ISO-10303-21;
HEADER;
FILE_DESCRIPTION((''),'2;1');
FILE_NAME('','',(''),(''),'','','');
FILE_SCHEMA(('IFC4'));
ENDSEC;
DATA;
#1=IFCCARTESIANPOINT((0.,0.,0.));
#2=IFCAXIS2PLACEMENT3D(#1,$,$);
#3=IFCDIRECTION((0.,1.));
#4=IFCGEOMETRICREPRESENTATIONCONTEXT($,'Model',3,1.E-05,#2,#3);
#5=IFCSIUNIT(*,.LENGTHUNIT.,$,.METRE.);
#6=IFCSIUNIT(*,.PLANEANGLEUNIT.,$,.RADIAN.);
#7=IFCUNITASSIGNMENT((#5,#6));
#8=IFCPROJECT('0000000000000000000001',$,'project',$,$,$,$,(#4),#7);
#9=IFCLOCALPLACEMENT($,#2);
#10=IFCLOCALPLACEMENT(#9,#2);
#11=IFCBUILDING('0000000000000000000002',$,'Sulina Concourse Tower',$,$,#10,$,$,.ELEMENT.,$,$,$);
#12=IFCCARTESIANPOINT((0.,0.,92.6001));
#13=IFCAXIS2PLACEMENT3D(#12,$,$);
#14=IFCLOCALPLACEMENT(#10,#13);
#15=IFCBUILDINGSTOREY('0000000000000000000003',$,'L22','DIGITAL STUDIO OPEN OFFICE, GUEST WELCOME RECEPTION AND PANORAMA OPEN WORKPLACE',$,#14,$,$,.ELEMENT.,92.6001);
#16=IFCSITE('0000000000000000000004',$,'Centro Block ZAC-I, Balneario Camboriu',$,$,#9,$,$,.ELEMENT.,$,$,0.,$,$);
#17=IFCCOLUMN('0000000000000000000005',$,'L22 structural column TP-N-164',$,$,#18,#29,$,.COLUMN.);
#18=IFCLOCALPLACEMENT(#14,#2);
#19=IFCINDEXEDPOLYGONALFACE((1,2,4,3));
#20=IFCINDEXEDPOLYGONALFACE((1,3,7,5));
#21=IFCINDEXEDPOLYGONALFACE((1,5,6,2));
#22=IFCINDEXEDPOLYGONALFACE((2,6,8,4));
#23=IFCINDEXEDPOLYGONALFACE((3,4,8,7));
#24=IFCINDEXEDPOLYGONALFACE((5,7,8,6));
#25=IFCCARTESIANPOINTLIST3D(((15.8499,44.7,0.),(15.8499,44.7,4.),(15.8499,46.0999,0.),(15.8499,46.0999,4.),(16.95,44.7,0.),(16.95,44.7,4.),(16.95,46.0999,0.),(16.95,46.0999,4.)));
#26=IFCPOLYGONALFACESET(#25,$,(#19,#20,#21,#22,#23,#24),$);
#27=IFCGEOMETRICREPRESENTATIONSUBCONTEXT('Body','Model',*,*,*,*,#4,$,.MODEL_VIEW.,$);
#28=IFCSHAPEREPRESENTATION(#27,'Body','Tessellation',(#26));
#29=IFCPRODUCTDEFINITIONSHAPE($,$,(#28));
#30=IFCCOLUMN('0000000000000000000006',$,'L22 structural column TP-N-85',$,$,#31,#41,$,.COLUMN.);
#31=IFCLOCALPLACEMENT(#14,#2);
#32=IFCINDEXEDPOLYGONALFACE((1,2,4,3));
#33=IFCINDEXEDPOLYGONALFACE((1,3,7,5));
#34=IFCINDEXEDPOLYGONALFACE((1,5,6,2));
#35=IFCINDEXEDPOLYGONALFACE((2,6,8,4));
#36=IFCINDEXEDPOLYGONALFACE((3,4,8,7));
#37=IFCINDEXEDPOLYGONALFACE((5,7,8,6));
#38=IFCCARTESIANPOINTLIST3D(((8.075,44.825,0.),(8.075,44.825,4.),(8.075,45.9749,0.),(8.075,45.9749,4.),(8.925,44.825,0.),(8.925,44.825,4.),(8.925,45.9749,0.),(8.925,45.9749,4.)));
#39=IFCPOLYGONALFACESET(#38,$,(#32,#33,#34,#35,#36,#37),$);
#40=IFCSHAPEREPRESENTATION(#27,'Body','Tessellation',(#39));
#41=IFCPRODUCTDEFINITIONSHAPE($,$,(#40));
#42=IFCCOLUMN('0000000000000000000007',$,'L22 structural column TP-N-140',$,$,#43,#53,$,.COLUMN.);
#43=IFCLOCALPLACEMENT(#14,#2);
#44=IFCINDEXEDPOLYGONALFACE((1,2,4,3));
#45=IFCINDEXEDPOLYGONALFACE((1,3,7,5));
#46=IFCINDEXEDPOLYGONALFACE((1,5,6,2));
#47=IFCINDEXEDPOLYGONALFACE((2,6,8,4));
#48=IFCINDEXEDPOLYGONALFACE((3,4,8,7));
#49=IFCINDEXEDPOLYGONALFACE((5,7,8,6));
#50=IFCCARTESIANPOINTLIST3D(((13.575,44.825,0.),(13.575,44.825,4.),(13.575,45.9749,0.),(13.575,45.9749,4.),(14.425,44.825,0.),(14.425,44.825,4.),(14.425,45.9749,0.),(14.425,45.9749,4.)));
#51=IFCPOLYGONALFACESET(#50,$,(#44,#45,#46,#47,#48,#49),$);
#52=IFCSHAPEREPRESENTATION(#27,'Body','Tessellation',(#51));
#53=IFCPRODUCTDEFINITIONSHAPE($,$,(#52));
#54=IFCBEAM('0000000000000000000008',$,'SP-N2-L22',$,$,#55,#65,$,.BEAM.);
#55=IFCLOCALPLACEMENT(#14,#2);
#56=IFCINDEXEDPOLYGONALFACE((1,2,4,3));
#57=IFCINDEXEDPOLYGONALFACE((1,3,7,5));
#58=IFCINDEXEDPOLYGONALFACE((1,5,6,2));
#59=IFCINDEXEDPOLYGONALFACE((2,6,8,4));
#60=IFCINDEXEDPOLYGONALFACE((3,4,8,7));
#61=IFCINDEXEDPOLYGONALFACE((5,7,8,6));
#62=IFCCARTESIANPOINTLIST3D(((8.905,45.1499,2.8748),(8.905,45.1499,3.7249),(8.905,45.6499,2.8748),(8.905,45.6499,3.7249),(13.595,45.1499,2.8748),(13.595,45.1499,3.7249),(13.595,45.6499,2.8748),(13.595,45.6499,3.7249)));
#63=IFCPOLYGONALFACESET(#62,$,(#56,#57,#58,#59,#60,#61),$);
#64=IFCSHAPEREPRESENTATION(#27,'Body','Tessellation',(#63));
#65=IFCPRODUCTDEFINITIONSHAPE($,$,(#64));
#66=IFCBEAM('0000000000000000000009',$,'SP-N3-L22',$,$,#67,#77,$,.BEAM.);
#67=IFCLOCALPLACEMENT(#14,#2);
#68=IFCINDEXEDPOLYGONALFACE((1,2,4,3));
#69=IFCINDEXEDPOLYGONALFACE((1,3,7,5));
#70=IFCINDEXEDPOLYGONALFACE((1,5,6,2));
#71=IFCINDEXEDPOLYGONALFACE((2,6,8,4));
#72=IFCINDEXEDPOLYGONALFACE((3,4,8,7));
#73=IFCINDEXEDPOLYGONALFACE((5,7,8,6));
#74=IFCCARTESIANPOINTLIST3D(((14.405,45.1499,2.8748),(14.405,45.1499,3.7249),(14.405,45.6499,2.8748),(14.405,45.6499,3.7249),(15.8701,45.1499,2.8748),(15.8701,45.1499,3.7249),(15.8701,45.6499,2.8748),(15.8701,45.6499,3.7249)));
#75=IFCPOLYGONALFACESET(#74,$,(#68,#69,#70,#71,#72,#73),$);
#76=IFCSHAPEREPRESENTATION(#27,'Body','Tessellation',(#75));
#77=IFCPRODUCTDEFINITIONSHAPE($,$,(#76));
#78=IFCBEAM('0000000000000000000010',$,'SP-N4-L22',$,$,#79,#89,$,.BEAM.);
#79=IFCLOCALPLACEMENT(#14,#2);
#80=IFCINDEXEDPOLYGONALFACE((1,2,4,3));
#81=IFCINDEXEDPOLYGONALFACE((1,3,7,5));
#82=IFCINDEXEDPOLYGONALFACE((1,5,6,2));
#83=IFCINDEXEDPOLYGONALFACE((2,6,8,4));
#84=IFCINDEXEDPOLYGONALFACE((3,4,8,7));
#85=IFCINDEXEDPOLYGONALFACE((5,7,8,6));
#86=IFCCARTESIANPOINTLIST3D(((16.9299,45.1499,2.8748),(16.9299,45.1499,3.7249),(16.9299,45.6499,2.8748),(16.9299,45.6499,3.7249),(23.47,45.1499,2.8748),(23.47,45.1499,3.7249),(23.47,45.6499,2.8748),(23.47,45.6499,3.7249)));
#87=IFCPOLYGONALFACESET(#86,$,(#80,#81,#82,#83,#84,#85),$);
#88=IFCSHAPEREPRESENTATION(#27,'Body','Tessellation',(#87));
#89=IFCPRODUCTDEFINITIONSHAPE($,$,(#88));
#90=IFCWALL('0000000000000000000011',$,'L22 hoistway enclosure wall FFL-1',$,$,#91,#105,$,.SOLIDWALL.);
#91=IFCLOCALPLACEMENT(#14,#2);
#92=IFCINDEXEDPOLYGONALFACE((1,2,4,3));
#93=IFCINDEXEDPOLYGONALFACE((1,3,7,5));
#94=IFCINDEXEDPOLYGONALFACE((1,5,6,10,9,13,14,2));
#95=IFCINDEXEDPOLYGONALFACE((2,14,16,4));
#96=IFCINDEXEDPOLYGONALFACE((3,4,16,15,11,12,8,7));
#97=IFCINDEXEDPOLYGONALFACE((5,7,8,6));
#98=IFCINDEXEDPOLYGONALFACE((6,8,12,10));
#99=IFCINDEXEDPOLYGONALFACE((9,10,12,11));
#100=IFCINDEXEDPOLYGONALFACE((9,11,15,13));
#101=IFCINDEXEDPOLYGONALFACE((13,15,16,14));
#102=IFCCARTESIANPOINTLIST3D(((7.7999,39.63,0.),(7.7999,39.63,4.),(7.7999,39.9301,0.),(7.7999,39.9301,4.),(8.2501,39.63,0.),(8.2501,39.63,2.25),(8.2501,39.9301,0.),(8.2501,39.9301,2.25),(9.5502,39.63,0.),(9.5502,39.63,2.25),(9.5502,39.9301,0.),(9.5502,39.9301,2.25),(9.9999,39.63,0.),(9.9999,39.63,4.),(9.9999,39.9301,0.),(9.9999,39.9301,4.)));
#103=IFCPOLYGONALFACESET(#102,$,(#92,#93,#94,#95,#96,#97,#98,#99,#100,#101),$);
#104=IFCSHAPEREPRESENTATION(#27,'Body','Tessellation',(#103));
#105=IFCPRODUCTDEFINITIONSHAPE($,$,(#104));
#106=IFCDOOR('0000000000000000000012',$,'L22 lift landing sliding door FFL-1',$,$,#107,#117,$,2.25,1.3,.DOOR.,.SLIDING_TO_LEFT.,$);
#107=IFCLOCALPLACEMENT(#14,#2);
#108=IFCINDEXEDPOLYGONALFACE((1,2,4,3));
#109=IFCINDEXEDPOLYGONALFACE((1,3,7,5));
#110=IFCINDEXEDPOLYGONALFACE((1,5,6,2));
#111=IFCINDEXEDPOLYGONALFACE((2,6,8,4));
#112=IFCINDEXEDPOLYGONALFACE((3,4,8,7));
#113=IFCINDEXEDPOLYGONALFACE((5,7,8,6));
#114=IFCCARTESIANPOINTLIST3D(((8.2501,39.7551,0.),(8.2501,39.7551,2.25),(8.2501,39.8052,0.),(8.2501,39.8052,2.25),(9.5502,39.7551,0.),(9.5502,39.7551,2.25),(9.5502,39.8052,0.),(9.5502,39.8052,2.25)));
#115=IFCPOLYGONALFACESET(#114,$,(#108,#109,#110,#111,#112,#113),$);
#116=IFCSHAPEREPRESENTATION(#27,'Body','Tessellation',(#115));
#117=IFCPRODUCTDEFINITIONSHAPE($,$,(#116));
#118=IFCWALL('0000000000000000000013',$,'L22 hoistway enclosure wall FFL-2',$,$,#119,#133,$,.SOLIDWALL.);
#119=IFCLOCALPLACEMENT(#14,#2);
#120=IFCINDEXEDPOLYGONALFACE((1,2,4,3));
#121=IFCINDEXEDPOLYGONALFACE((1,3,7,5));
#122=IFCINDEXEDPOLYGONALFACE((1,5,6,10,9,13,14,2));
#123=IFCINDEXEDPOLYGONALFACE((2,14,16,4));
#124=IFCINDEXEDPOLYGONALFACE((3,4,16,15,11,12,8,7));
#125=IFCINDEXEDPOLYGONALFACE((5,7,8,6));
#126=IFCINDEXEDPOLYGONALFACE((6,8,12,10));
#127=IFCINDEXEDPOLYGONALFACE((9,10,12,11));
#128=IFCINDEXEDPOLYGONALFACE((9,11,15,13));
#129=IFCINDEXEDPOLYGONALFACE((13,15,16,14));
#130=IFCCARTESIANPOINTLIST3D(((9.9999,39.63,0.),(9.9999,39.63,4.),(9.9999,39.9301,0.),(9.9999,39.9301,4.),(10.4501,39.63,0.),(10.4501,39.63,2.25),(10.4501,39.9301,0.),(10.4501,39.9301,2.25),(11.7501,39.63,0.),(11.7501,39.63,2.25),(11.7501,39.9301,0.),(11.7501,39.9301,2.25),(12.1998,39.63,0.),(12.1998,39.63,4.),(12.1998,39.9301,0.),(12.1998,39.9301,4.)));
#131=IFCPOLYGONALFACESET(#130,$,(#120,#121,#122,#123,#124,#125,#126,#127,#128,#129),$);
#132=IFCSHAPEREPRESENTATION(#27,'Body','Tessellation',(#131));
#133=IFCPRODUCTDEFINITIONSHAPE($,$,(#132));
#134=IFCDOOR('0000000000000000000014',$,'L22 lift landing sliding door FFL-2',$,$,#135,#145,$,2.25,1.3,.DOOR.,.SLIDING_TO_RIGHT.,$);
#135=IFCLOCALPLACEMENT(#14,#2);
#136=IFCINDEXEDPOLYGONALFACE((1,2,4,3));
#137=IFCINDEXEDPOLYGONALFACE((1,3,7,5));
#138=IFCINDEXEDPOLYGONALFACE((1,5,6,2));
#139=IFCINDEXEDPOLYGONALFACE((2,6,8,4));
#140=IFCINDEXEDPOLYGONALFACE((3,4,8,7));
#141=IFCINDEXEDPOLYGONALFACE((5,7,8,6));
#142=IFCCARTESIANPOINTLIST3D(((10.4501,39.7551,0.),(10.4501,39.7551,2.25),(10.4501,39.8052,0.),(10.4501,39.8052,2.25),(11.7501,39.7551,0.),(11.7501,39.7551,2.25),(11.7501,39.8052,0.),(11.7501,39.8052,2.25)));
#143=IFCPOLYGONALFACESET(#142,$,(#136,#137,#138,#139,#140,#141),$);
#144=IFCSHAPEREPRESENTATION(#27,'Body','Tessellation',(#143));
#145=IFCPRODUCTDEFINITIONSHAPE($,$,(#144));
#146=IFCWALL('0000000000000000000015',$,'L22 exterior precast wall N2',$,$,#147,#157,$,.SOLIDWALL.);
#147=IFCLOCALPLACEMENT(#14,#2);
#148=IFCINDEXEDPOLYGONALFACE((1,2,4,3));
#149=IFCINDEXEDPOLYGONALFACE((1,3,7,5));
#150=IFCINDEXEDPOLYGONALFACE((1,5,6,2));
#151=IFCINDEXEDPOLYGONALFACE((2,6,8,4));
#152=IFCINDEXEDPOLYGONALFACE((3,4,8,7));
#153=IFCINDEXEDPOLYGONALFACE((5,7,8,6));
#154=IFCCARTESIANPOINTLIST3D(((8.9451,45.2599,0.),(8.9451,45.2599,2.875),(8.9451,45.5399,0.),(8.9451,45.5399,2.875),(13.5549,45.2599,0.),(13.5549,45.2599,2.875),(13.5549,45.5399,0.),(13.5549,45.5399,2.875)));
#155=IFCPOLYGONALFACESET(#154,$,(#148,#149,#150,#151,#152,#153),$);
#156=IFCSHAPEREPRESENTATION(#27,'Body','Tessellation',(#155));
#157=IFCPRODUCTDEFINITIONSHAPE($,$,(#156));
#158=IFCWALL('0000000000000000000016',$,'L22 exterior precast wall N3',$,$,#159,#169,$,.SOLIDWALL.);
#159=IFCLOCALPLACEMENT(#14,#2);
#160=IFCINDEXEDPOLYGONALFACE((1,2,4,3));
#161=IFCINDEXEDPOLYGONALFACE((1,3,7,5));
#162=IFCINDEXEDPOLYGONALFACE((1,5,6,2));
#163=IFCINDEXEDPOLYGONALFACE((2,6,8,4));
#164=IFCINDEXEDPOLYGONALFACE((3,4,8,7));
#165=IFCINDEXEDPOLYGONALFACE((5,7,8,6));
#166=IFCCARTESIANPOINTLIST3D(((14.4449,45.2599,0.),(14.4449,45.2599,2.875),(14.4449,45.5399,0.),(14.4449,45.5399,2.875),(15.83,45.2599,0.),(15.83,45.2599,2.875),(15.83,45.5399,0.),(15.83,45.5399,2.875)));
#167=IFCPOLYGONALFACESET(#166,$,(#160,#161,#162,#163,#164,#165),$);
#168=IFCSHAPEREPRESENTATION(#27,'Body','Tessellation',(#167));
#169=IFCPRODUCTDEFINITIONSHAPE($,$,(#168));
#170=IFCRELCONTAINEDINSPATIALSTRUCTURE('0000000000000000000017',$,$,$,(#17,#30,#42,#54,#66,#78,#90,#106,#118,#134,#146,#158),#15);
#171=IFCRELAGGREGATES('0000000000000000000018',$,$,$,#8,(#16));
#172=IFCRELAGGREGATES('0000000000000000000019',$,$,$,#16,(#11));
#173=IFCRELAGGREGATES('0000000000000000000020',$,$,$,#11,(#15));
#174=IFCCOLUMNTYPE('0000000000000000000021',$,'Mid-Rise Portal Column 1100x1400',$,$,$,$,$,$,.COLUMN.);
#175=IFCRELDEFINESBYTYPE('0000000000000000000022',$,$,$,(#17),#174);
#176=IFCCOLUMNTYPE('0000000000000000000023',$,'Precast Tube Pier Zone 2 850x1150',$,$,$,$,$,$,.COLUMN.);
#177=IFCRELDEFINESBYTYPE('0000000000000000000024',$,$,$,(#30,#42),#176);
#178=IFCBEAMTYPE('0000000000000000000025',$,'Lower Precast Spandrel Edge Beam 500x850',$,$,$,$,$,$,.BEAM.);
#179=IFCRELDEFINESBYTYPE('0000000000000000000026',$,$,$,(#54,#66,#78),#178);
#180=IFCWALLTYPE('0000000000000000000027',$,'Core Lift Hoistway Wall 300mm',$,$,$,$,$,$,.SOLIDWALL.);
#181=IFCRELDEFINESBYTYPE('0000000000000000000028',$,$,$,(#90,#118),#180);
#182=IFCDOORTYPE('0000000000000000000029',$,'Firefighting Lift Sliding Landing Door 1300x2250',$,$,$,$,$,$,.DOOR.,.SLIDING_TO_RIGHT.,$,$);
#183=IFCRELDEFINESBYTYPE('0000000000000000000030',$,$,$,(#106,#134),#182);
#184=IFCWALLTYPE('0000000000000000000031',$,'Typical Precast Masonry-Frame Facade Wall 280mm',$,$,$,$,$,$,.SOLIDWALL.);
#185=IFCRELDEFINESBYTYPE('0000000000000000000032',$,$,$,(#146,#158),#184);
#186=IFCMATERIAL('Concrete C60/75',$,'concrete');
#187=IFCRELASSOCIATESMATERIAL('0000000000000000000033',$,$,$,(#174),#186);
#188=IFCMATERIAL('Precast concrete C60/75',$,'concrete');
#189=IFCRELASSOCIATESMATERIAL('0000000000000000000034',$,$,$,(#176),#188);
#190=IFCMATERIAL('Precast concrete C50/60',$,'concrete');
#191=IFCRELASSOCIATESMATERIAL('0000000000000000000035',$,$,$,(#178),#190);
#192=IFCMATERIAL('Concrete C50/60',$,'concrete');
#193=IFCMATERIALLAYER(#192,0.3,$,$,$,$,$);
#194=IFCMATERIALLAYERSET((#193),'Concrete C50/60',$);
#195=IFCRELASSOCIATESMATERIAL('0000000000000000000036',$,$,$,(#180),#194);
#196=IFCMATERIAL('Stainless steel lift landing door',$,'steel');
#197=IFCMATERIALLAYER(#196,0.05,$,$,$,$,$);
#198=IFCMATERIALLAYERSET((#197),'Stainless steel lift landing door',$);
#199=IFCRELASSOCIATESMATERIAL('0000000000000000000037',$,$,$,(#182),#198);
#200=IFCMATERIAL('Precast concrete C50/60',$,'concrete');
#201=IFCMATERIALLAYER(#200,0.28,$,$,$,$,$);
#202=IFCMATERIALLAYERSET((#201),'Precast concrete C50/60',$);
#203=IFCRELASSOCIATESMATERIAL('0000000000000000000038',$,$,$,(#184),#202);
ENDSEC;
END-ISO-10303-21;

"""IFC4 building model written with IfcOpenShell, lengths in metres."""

from ifc_helpers import new_model, si_unit, direction, frame, frame_2d, origin, origin_2d, place, context, subcontext, project, spatial, rectangle, extrude, material, layer, layer_set, material_profile, profile_set, type_object, element, fill, save


model = new_model("IFC4")

# Units and contexts
model_context = context("Model", 3, precision=1e-05, world=origin(), true_north=direction((0.0, 1.0)))
body_context = subcontext(model_context, "Body", "Model", "MODEL_VIEW")
ifc_project = project(units=[si_unit("LENGTHUNIT", "METRE"), si_unit("PLANEANGLEUNIT", "RADIAN")], contexts=[model_context])

# Site, building, storey
site_placement = place(None, origin())
site = spatial("IfcSite", under=ifc_project, at=site_placement, Name="Centro Block ZAC-I, Balneario Camboriu", CompositionType="ELEMENT", RefElevation=0.0)
building_placement = place(site_placement, origin())
building = spatial("IfcBuilding", under=site, at=building_placement, Name="Sulina Concourse Tower", CompositionType="ELEMENT")
storey_placement = place(building_placement, frame((0.0, 0.0, 92.6001)))
storey = spatial("IfcBuildingStorey", under=building, at=storey_placement, Name="L22", Description="DIGITAL STUDIO OPEN OFFICE, GUEST WELCOME RECEPTION AND PANORAMA OPEN WORKPLACE", CompositionType="ELEMENT", Elevation=92.6001)

# Columns
ifc_material_1 = material(Name="Concrete C60/75", Category="concrete")
ifc_material_profile_1 = material_profile(ifc_material_1, rectangle(XDim=1.1001, YDim=1.3999, at=origin_2d()), Name="RC 1100x1400")
ifc_profile_set_1 = profile_set([ifc_material_profile_1], Name="Concrete C60/75")
column_type_1 = type_object("IfcColumnType", Name="Mid-Rise Portal Column 1100x1400", PredefinedType="COLUMN", material=ifc_profile_set_1)
column_placement = place(storey_placement, frame((16.3999, 45.3999, 0.0), z_axis=(0.0, 0.0, 1.0), x_axis=(1.0, 0.0, 0.0)))
element("IfcColumn", 1, at=column_placement, inside=storey, type_object=column_type_1, Name="L22 structural column TP-N-164", PredefinedType="COLUMN", context=body_context, shape_type="SweptSolid", body=[
    extrude(rectangle(XDim=1.1001, YDim=1.3999, at=origin_2d()), origin(), (0.0, 0.0, 1.0), 4.0),
])
ifc_material_2 = material(Name="Precast concrete C60/75", Category="concrete")
ifc_material_profile_2 = material_profile(ifc_material_2, rectangle(XDim=0.8501, YDim=1.1499, at=origin_2d()), Name="PC 850x1150")
ifc_profile_set_2 = profile_set([ifc_material_profile_2], Name="Precast concrete C60/75")
column_type_2 = type_object("IfcColumnType", Name="Precast Tube Pier Zone 2 850x1150", PredefinedType="COLUMN", material=ifc_profile_set_2)
for number, where, z_axis, x_axis, name in (
    (2, (8.5, 45.3999, 0.0), (0.0, 0.0, 1.0), (1.0, 0.0, 0.0), "L22 structural column TP-N-85"),
    (3, (14.0, 45.3999, 0.0), (0.0, 0.0, 1.0), (1.0, 0.0, 0.0), "L22 structural column TP-N-140"),
):
    element("IfcColumn", number, at=place(storey_placement, frame(where, z_axis=z_axis, x_axis=x_axis)), inside=storey, type_object=column_type_2, Name=name, PredefinedType="COLUMN", context=body_context, shape_type="SweptSolid", body=[
        extrude(rectangle(XDim=0.8501, YDim=1.1499, at=origin_2d()), origin(), (0.0, 0.0, 1.0), 4.0),
    ])

# Beams
ifc_material_3 = material(Name="Precast concrete C50/60", Category="concrete")
ifc_material_profile_3 = material_profile(ifc_material_3, rectangle(XDim=0.5, YDim=0.8501, at=origin_2d()), Name="RC 500x850")
ifc_profile_set_3 = profile_set([ifc_material_profile_3], Name="Precast concrete C50/60")
beam_type = type_object("IfcBeamType", Name="Lower Precast Spandrel Edge Beam 500x850", PredefinedType="BEAM", material=ifc_profile_set_3)
beam_1_placement = place(storey_placement, frame((8.905, 45.3999, 3.2998), z_axis=(1.0, 0.0, 0.0), x_axis=(0.0, 1.0, 0.0)))
element("IfcBeam", 4, at=beam_1_placement, inside=storey, type_object=beam_type, Name="SP-N2-L22", PredefinedType="BEAM", context=body_context, shape_type="SweptSolid", body=[
    extrude(rectangle(XDim=0.5, YDim=0.8501, at=origin_2d()), origin(), (0.0, 0.0, 1.0), 4.6899),
])
beam_2_placement = place(storey_placement, frame((14.405, 45.3999, 3.2998), z_axis=(1.0, 0.0, 0.0), x_axis=(0.0, 1.0, 0.0)))
element("IfcBeam", 5, at=beam_2_placement, inside=storey, type_object=beam_type, Name="SP-N3-L22", PredefinedType="BEAM", context=body_context, shape_type="SweptSolid", body=[
    extrude(rectangle(XDim=0.5, YDim=0.8501, at=origin_2d()), origin(), (0.0, 0.0, 1.0), 1.4651),
])
beam_3_placement = place(storey_placement, frame((16.9299, 45.3999, 3.2998), z_axis=(1.0, 0.0, 0.0), x_axis=(0.0, 1.0, 0.0)))
element("IfcBeam", 6, at=beam_3_placement, inside=storey, type_object=beam_type, Name="SP-N4-L22", PredefinedType="BEAM", context=body_context, shape_type="SweptSolid", body=[
    extrude(rectangle(XDim=0.5, YDim=0.8501, at=origin_2d()), origin(), (0.0, 0.0, 1.0), 6.54),
])

# Walls, openings, doors
ifc_material_4 = material(Name="Concrete C50/60", Category="concrete")
ifc_layer_1 = layer(ifc_material_4, 0.3)
ifc_layer_set_1 = layer_set([ifc_layer_1], Name="Concrete C50/60")
wall_type_1 = type_object("IfcWallType", Name="Core Lift Hoistway Wall 300mm", PredefinedType="SOLIDWALL", material=ifc_layer_set_1)
wall_1_placement = place(storey_placement, frame((10.0, 39.78, 0.0), z_axis=(0.0, 0.0, 1.0), x_axis=(-1.0, 0.0, 0.0)))
wall_1 = element("IfcWall", 7, at=wall_1_placement, inside=storey, type_object=wall_type_1, Name="L22 hoistway enclosure wall FFL-1", PredefinedType="SOLIDWALL", context=body_context, shape_type="SweptSolid", body=[
    extrude(rectangle(XDim=2.2, YDim=0.3, at=frame_2d((1.1001, 0.0))), origin(), (0.0, 0.0, 1.0), 4.0),
])
opening_1_placement = place(wall_1_placement, frame((0.45, 0.0, 0.0)))
opening_1 = element("IfcOpeningElement", 8, at=opening_1_placement, cuts=wall_1, PredefinedType="OPENING", context=body_context, shape_type="SweptSolid", body=[
    extrude(rectangle(XDim=1.3, YDim=2.25, at=frame_2d((0.6499, 1.125))), frame((0.0, 0.1599, 0.0), z_axis=(0.0, -1.0, 0.0), x_axis=(1.0, 0.0, 0.0)), (0.0, 0.0, 1.0), 0.3201),
])
ifc_material_5 = material(Name="Stainless steel lift landing door", Category="steel")
ifc_layer_2 = layer(ifc_material_5, 0.05)
ifc_layer_set_2 = layer_set([ifc_layer_2], Name="Stainless steel lift landing door")
door_type = type_object("IfcDoorType", Name="Firefighting Lift Sliding Landing Door 1300x2250", OperationType="SLIDING_TO_RIGHT", PredefinedType="DOOR", material=ifc_layer_set_2)
door_1_placement = place(opening_1_placement, origin())
door_1 = element("IfcDoor", 9, at=door_1_placement, inside=storey, type_object=door_type, Name="L22 lift landing sliding door FFL-1", OperationType="SLIDING_TO_LEFT", OverallHeight=2.25, OverallWidth=1.3, PredefinedType="DOOR", context=body_context, shape_type="SweptSolid", body=[
    extrude(rectangle(XDim=1.3, YDim=2.25, at=frame_2d((0.6499, 1.125))), frame((0.0, 0.0249, 0.0), z_axis=(0.0, -1.0, 0.0), x_axis=(1.0, 0.0, 0.0)), (0.0, 0.0, 1.0), 0.05),
])
fill(opening_1, door_1)
wall_2_placement = place(storey_placement, frame((12.2, 39.78, 0.0), z_axis=(0.0, 0.0, 1.0), x_axis=(-1.0, 0.0, 0.0)))
wall_2 = element("IfcWall", 10, at=wall_2_placement, inside=storey, type_object=wall_type_1, Name="L22 hoistway enclosure wall FFL-2", PredefinedType="SOLIDWALL", context=body_context, shape_type="SweptSolid", body=[
    extrude(rectangle(XDim=2.2, YDim=0.3, at=frame_2d((1.1001, 0.0))), origin(), (0.0, 0.0, 1.0), 4.0),
])
opening_2_placement = place(wall_2_placement, frame((0.45, 0.0, 0.0)))
opening_2 = element("IfcOpeningElement", 11, at=opening_2_placement, cuts=wall_2, PredefinedType="OPENING", context=body_context, shape_type="SweptSolid", body=[
    extrude(rectangle(XDim=1.3, YDim=2.25, at=frame_2d((0.6499, 1.125))), frame((0.0, 0.1599, 0.0), z_axis=(0.0, -1.0, 0.0), x_axis=(1.0, 0.0, 0.0)), (0.0, 0.0, 1.0), 0.3201),
])
door_2_placement = place(opening_2_placement, origin())
door_2 = element("IfcDoor", 12, at=door_2_placement, inside=storey, type_object=door_type, Name="L22 lift landing sliding door FFL-2", OperationType="SLIDING_TO_RIGHT", OverallHeight=2.25, OverallWidth=1.3, PredefinedType="DOOR", context=body_context, shape_type="SweptSolid", body=[
    extrude(rectangle(XDim=1.3, YDim=2.25, at=frame_2d((0.6499, 1.125))), frame((0.0, 0.0249, 0.0), z_axis=(0.0, -1.0, 0.0), x_axis=(1.0, 0.0, 0.0)), (0.0, 0.0, 1.0), 0.05),
])
fill(opening_2, door_2)

# Walls
ifc_material_6 = material(Name="Precast concrete C50/60", Category="concrete")
ifc_layer_3 = layer(ifc_material_6, 0.28)
ifc_layer_set_3 = layer_set([ifc_layer_3], Name="Precast concrete C50/60")
wall_type_2 = type_object("IfcWallType", Name="Typical Precast Masonry-Frame Facade Wall 280mm", PredefinedType="SOLIDWALL", material=ifc_layer_set_3)
wall_3_placement = place(storey_placement, frame((8.9451, 45.3999, 0.0), z_axis=(0.0, 0.0, 1.0), x_axis=(1.0, 0.0, 0.0)))
element("IfcWall", 13, at=wall_3_placement, inside=storey, type_object=wall_type_2, Name="L22 exterior precast wall N2", PredefinedType="SOLIDWALL", context=body_context, shape_type="SweptSolid", body=[
    extrude(rectangle(XDim=4.6099, YDim=0.28, at=frame_2d((2.3049, 0.0))), origin(), (0.0, 0.0, 1.0), 2.875),
])
wall_4_placement = place(storey_placement, frame((14.4451, 45.3999, 0.0), z_axis=(0.0, 0.0, 1.0), x_axis=(1.0, 0.0, 0.0)))
element("IfcWall", 14, at=wall_4_placement, inside=storey, type_object=wall_type_2, Name="L22 exterior precast wall N3", PredefinedType="SOLIDWALL", context=body_context, shape_type="SweptSolid", body=[
    extrude(rectangle(XDim=1.385, YDim=0.28, at=frame_2d((0.6924, 0.0))), origin(), (0.0, 0.0, 1.0), 2.875),
])

save(model, "model.ifc")
